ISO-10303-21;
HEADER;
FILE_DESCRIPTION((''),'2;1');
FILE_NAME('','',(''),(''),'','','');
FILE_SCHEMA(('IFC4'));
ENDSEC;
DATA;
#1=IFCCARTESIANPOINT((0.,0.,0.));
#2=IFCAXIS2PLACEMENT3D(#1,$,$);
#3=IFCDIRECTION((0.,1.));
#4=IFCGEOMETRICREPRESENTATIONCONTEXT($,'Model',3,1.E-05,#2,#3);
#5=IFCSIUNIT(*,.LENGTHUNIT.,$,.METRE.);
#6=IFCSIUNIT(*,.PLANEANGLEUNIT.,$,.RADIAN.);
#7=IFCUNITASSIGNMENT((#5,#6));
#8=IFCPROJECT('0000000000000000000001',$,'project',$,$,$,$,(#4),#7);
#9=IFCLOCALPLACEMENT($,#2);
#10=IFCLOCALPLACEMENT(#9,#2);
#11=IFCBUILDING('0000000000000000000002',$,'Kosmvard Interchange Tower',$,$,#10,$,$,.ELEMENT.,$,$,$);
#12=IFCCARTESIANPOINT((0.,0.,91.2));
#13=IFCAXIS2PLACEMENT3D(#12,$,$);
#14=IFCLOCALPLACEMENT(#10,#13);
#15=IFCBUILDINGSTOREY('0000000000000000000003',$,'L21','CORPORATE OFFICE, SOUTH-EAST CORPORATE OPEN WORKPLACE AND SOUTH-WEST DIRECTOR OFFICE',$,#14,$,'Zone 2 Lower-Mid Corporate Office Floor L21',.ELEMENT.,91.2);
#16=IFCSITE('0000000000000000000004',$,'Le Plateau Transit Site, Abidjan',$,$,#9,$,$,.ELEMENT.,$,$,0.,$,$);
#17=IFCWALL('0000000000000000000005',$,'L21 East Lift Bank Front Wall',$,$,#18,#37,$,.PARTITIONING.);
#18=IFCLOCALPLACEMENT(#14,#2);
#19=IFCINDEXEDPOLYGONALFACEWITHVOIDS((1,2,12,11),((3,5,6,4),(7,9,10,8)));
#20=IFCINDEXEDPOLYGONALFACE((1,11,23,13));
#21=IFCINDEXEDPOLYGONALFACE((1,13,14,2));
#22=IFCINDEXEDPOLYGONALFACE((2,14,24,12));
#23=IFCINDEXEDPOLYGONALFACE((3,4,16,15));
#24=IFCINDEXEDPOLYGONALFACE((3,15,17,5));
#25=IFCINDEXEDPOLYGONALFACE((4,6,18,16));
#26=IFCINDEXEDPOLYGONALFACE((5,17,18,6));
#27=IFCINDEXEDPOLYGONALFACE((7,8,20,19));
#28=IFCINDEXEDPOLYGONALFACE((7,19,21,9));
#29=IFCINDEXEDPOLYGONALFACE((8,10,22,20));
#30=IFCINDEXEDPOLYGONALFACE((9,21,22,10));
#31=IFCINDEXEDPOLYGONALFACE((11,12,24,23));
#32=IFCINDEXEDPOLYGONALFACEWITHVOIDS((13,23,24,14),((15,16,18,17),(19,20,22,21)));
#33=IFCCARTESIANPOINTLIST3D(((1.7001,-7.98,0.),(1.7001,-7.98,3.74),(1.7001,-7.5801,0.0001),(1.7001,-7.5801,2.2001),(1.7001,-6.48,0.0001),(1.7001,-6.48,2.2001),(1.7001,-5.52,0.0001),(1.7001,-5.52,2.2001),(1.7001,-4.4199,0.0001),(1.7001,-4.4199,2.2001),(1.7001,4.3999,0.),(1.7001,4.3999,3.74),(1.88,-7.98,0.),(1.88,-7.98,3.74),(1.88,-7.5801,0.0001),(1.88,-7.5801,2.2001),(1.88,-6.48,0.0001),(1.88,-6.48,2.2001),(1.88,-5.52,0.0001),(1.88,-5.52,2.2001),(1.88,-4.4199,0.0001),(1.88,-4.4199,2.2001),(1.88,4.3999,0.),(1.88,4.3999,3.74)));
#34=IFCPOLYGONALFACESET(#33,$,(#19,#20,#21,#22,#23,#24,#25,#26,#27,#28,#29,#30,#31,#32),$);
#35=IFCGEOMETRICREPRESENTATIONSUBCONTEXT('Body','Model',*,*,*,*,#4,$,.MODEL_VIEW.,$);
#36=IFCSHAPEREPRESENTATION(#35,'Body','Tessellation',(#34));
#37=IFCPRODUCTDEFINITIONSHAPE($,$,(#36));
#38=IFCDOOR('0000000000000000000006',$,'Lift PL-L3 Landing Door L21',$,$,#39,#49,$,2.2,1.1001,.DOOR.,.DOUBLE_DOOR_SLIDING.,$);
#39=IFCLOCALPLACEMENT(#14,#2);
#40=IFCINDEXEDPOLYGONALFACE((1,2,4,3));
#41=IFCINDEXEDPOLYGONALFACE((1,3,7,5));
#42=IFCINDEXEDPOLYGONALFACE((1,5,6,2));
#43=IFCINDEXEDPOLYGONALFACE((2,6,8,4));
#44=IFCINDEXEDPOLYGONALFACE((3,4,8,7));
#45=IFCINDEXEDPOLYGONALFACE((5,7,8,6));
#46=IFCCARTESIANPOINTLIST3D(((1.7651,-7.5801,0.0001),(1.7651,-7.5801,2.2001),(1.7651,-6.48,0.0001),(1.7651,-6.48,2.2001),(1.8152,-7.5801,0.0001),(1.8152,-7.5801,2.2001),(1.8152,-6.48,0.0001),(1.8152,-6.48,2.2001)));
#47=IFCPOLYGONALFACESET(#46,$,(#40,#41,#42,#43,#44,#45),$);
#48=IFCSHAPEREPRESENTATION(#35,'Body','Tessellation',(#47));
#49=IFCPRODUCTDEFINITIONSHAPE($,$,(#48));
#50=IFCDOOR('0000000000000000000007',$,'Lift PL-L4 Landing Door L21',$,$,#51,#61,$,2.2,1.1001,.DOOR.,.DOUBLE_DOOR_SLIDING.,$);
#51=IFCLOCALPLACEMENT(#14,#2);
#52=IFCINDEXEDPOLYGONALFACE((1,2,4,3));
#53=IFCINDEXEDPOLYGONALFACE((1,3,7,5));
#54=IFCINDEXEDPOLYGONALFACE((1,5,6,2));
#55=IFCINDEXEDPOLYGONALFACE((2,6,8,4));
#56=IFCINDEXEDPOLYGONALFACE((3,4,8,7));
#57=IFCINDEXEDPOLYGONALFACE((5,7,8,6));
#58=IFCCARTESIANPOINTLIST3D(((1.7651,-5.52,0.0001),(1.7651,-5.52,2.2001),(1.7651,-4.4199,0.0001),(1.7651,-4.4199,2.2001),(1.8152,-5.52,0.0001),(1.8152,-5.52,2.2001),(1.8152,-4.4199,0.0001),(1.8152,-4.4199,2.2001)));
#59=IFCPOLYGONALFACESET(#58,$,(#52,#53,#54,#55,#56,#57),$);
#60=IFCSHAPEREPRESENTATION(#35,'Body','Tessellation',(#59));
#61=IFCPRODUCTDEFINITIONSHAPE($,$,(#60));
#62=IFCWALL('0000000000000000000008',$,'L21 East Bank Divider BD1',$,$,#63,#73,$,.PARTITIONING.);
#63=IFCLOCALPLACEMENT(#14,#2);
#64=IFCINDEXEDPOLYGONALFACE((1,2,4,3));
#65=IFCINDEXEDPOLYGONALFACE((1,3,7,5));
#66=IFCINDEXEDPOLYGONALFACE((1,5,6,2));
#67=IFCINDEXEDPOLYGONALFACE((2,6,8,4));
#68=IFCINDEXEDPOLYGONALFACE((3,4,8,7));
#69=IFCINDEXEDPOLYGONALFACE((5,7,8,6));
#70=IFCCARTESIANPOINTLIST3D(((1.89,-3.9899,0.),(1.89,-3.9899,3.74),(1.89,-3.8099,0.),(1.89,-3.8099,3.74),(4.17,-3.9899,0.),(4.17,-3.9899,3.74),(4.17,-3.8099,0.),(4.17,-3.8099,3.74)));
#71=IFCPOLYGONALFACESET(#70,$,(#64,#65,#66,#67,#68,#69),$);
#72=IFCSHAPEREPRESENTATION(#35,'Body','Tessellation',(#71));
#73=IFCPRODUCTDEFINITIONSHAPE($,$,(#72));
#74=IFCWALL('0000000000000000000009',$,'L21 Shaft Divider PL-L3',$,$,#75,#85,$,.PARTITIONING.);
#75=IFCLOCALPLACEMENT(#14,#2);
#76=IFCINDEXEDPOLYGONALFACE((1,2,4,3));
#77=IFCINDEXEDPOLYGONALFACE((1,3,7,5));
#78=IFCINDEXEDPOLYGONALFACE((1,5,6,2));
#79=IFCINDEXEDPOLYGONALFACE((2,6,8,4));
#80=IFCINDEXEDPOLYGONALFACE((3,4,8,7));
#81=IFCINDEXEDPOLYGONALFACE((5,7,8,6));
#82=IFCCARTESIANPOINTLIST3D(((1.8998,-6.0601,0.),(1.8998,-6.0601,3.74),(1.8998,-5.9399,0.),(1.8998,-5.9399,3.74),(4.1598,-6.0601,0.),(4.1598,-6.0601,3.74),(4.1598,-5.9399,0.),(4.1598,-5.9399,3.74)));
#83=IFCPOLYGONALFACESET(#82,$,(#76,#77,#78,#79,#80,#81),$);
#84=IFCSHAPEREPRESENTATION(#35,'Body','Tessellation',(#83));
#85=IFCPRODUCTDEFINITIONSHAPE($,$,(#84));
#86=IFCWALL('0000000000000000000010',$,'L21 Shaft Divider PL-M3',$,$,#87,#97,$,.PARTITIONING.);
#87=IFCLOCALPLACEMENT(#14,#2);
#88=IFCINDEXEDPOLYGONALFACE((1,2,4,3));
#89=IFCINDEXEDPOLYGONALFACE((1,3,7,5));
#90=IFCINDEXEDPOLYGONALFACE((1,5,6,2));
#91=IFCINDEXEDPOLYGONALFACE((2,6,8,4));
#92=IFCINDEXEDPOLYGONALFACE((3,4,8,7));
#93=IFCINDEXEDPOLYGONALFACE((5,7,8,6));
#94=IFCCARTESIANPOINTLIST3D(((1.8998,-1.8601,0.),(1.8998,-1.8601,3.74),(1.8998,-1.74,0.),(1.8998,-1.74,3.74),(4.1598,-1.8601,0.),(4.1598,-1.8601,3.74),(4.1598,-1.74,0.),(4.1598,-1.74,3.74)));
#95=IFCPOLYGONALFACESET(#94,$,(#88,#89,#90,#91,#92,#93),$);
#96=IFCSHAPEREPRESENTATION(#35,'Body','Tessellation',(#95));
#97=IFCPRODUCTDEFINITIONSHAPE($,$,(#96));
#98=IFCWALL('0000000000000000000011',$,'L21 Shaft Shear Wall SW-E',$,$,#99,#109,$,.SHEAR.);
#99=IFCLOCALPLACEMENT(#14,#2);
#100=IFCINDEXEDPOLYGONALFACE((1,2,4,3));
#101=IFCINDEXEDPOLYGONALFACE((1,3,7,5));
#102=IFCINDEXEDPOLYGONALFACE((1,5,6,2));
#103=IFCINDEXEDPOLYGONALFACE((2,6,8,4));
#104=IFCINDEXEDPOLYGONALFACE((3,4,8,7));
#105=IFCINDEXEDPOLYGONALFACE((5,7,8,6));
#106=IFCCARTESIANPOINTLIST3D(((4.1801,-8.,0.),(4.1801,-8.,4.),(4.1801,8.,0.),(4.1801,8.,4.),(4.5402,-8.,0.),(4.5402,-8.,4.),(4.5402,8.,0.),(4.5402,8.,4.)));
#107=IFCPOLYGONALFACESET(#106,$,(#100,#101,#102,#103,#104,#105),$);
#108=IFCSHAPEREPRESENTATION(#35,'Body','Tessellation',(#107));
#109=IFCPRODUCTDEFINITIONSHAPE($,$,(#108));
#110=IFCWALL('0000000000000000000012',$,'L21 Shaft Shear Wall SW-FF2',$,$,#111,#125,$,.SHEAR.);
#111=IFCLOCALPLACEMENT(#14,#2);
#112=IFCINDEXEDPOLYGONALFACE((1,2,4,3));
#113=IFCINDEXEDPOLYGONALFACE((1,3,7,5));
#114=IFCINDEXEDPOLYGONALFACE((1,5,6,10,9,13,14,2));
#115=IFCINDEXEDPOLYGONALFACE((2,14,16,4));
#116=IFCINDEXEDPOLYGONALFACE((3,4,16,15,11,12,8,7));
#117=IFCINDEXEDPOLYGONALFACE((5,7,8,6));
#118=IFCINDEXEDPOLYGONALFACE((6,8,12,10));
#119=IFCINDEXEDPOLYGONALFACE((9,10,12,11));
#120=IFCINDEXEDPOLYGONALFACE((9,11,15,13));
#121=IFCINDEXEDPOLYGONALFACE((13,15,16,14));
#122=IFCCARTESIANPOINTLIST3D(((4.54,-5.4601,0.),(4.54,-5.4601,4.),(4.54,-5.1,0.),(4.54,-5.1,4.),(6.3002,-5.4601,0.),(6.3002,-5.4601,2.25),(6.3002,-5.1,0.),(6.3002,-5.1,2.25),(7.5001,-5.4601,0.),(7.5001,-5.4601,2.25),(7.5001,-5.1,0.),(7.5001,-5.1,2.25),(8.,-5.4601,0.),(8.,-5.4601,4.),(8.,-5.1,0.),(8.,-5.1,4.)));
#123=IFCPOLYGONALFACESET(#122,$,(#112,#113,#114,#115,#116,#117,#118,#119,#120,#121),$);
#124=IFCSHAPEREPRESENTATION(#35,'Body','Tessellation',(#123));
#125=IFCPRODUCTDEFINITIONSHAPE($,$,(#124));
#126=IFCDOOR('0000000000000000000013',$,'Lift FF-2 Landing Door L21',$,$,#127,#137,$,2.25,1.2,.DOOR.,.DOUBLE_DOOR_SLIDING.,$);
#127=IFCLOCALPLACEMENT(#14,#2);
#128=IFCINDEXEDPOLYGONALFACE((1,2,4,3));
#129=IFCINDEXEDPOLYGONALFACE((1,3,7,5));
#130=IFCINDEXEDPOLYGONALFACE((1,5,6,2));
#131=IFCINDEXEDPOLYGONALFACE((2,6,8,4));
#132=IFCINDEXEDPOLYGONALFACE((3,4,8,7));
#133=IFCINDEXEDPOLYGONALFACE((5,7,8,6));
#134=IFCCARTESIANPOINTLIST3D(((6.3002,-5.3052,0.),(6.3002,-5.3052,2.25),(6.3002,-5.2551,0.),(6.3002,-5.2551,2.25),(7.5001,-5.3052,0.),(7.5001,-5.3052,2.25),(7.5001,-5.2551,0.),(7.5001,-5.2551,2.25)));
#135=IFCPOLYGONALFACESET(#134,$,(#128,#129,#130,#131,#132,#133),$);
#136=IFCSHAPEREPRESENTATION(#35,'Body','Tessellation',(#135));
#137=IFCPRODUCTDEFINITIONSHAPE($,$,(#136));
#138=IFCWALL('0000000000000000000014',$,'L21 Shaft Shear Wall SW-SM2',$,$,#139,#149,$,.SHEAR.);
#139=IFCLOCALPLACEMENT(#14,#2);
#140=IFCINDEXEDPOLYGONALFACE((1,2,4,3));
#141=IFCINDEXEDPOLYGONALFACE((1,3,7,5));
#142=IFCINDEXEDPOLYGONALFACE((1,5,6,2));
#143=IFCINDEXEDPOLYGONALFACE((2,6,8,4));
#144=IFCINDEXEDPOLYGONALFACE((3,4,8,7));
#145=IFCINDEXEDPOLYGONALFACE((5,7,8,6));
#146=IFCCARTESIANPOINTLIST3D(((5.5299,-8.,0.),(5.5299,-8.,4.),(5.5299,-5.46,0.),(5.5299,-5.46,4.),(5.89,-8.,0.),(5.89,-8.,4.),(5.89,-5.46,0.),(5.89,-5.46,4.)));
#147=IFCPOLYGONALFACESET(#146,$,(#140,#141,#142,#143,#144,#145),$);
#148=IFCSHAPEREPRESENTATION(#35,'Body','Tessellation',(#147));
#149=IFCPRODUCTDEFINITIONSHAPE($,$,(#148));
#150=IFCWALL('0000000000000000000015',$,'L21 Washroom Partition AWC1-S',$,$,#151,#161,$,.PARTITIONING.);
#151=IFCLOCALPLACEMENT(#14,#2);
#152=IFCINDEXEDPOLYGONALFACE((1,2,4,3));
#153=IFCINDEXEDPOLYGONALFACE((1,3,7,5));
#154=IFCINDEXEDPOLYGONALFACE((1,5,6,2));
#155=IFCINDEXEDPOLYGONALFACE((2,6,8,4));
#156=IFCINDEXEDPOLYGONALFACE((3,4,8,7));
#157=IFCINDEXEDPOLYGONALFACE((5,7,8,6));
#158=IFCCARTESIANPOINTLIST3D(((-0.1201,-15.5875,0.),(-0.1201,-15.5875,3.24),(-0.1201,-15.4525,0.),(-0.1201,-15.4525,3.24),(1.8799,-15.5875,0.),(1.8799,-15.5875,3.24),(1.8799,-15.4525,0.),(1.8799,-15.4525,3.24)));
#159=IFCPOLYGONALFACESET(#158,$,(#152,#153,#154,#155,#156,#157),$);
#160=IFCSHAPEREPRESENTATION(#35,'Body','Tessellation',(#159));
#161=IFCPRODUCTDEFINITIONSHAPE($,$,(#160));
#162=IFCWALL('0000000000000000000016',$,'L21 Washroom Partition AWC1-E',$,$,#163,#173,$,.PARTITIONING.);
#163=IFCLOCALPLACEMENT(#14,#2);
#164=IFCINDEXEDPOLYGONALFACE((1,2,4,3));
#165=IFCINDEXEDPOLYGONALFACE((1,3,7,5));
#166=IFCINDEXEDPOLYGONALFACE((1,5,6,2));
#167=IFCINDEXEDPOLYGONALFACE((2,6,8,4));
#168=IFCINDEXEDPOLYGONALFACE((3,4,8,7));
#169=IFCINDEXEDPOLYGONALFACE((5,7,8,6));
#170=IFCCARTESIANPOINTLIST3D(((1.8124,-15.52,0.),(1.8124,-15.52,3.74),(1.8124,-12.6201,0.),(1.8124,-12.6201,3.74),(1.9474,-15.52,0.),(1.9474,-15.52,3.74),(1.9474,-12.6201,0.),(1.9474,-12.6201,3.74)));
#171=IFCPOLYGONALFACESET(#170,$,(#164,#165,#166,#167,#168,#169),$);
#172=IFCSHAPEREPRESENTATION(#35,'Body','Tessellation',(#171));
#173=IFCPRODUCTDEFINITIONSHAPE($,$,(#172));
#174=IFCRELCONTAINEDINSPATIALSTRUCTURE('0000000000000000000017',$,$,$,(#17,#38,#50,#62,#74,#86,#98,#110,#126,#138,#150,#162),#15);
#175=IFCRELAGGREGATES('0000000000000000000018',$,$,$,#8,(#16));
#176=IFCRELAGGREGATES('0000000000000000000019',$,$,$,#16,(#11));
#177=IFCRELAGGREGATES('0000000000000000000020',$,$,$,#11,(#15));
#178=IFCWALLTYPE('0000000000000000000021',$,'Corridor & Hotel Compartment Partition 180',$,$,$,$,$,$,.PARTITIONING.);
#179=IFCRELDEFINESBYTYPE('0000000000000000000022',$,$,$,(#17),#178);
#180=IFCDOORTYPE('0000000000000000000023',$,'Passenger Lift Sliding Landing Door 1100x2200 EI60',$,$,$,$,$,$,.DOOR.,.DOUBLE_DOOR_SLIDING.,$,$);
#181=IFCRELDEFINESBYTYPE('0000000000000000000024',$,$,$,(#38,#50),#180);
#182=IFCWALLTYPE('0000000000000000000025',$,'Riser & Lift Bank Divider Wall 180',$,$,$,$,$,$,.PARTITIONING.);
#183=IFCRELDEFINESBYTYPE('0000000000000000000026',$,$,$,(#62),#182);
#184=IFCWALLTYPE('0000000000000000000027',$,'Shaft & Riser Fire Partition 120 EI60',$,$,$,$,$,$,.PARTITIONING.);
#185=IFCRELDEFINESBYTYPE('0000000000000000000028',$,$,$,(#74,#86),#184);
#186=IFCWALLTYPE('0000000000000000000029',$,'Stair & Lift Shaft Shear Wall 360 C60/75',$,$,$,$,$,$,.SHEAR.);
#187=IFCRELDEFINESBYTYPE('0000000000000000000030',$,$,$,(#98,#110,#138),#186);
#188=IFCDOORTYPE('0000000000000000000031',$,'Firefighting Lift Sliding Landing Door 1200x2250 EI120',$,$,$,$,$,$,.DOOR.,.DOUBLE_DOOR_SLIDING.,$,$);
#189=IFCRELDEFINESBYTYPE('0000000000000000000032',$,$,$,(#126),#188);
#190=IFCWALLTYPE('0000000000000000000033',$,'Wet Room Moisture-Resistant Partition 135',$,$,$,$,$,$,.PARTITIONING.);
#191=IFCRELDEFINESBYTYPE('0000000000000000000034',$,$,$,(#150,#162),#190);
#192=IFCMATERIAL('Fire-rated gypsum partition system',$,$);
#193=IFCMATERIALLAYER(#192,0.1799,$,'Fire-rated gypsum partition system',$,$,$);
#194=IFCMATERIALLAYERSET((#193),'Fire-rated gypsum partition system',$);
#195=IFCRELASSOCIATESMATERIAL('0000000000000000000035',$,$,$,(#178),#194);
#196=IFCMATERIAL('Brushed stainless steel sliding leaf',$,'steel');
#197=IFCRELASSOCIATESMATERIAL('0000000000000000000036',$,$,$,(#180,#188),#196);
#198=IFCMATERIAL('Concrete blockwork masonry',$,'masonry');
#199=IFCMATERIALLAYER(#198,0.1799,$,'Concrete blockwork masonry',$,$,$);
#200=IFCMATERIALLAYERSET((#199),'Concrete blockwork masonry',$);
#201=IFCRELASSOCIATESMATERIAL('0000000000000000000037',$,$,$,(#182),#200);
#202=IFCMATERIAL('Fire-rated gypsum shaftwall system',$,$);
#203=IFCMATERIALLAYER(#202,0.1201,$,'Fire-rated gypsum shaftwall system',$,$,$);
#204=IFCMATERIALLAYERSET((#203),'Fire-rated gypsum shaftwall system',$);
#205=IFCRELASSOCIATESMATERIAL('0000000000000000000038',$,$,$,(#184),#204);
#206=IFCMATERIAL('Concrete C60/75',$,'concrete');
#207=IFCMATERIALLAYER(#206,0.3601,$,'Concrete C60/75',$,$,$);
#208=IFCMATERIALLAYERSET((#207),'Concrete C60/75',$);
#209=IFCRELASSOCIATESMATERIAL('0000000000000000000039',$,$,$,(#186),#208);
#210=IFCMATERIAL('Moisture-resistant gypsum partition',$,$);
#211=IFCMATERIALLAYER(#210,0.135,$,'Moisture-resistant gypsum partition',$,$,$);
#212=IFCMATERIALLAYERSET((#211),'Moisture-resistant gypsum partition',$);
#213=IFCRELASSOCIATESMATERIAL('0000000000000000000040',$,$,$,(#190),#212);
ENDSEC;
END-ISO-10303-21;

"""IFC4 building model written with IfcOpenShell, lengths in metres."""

from ifc_helpers import new_model, si_unit, direction, frame, frame_2d, origin, place, context, subcontext, project, spatial, rectangle, extrude, source, transform, mapped, material, layer, layer_set, type_object, element, fill, save


model = new_model("IFC4")

# Units and contexts
model_context = context("Model", 3, precision=1e-05, world=origin(), true_north=direction((0.0, 1.0)))
body_context = subcontext(model_context, "Body", "Model", "MODEL_VIEW")
ifc_project = project(units=[si_unit("LENGTHUNIT", "METRE"), si_unit("PLANEANGLEUNIT", "RADIAN")], contexts=[model_context])

# Site, building, storey
site_placement = place(None, origin())
site = spatial("IfcSite", under=ifc_project, at=site_placement, Name="Le Plateau Transit Site, Abidjan", CompositionType="ELEMENT", RefElevation=0.0)
building_placement = place(site_placement, origin())
building = spatial("IfcBuilding", under=site, at=building_placement, Name="Kosmvard Interchange Tower", CompositionType="ELEMENT")
storey_placement = place(building_placement, frame((0.0, 0.0, 91.2)))
storey = spatial("IfcBuildingStorey", under=building, at=storey_placement, Name="L21", Description="CORPORATE OFFICE, SOUTH-EAST CORPORATE OPEN WORKPLACE AND SOUTH-WEST DIRECTOR OFFICE", LongName="Zone 2 Lower-Mid Corporate Office Floor L21", CompositionType="ELEMENT", Elevation=91.2)

# Shared definitions
ifc_material_1 = material(Name="Concrete C60/75", Category="concrete")

# Wall, openings, doors
ifc_material_2 = material(Name="Fire-rated gypsum partition system")
ifc_layer_1 = layer(ifc_material_2, 0.1799, Name="Fire-rated gypsum partition system")
ifc_layer_set_1 = layer_set([ifc_layer_1], Name="Fire-rated gypsum partition system")
wall_type_1 = type_object("IfcWallType", Name="Corridor & Hotel Compartment Partition 180", PredefinedType="PARTITIONING", material=ifc_layer_set_1)
wall_1_placement = place(storey_placement, frame((1.79, -7.98, 0.0), z_axis=(0.0, 0.0, 1.0), x_axis=(0.0, 1.0, 0.0)))
wall_1 = element("IfcWall", 1, at=wall_1_placement, inside=storey, type_object=wall_type_1, Name="L21 East Lift Bank Front Wall", PredefinedType="PARTITIONING", context=body_context, shape_type="SweptSolid", body=[
    extrude(rectangle(XDim=12.3799, YDim=0.1799, at=frame_2d((6.1899, 0.0))), origin(), (0.0, 0.0, 1.0), 3.74),
])
opening_1_placement = place(wall_1_placement, frame((0.3999, 0.0, 0.0)))
opening_1 = element("IfcOpeningElement", 2, at=opening_1_placement, cuts=wall_1, PredefinedType="OPENING", context=body_context, shape_type="SweptSolid", body=[
    extrude(rectangle(XDim=1.1001, YDim=2.2, at=frame_2d((0.55, 1.1001))), frame((0.0, 0.1001, 0.0), z_axis=(0.0, -1.0, 0.0), x_axis=(1.0, 0.0, 0.0)), (0.0, 0.0, 1.0), 0.2),
])
opening_2_placement = place(wall_1_placement, frame((2.46, 0.0, 0.0)))
opening_2 = element("IfcOpeningElement", 3, at=opening_2_placement, cuts=wall_1, PredefinedType="OPENING", context=body_context, shape_type="SweptSolid", body=[
    extrude(rectangle(XDim=1.1001, YDim=2.2, at=frame_2d((0.55, 1.1001))), frame((0.0, 0.1001, 0.0), z_axis=(0.0, -1.0, 0.0), x_axis=(1.0, 0.0, 0.0)), (0.0, 0.0, 1.0), 0.2),
])
ifc_material_3 = material(Name="Brushed stainless steel sliding leaf", Category="steel")
door_type_1 = type_object("IfcDoorType", Name="Passenger Lift Sliding Landing Door 1100x2200 EI60", OperationType="DOUBLE_DOOR_SLIDING", PredefinedType="DOOR", material=ifc_material_3)
shared_shape_1 = source(origin(), body_context, "Body", "SweptSolid", [
    extrude(rectangle(XDim=1.1001, YDim=2.2, at=frame_2d((0.55, 1.1001))), frame((0.0, 0.0249, 0.0), z_axis=(0.0, -1.0, 0.0), x_axis=(1.0, 0.0, 0.0)), (0.0, 0.0, 1.0), 0.05),
])
door_1_placement = place(opening_1_placement, origin())
door_1 = element("IfcDoor", 4, at=door_1_placement, inside=storey, type_object=door_type_1, Name="Lift PL-L3 Landing Door L21", OperationType="DOUBLE_DOOR_SLIDING", OverallHeight=2.2, OverallWidth=1.1001, PredefinedType="DOOR", context=body_context, shape_type="MappedRepresentation", body=[
    mapped(shared_shape_1, transform((0.0, 0.0, 0.0), scale=1.0)),
])
fill(opening_1, door_1)
door_2_placement = place(opening_2_placement, origin())
door_2 = element("IfcDoor", 5, at=door_2_placement, inside=storey, type_object=door_type_1, Name="Lift PL-L4 Landing Door L21", OperationType="DOUBLE_DOOR_SLIDING", OverallHeight=2.2, OverallWidth=1.1001, PredefinedType="DOOR", context=body_context, shape_type="MappedRepresentation", body=[
    mapped(shared_shape_1, transform((0.0, 0.0, 0.0), scale=1.0)),
])
fill(opening_2, door_2)

# Walls
ifc_material_4 = material(Name="Concrete blockwork masonry", Category="masonry")
ifc_layer_2 = layer(ifc_material_4, 0.1799, Name="Concrete blockwork masonry")
ifc_layer_set_2 = layer_set([ifc_layer_2], Name="Concrete blockwork masonry")
wall_type_2 = type_object("IfcWallType", Name="Riser & Lift Bank Divider Wall 180", PredefinedType="PARTITIONING", material=ifc_layer_set_2)
wall_2_placement = place(storey_placement, frame((1.8899, -3.8999, 0.0), z_axis=(0.0, 0.0, 1.0), x_axis=(1.0, 0.0, 0.0)))
element("IfcWall", 6, at=wall_2_placement, inside=storey, type_object=wall_type_2, Name="L21 East Bank Divider BD1", PredefinedType="PARTITIONING", context=body_context, shape_type="SweptSolid", body=[
    extrude(rectangle(XDim=2.28, YDim=0.1799, at=frame_2d((1.1401, 0.0))), origin(), (0.0, 0.0, 1.0), 3.74),
])
ifc_material_5 = material(Name="Fire-rated gypsum shaftwall system")
ifc_layer_3 = layer(ifc_material_5, 0.1201, Name="Fire-rated gypsum shaftwall system")
ifc_layer_set_3 = layer_set([ifc_layer_3], Name="Fire-rated gypsum shaftwall system")
wall_type_3 = type_object("IfcWallType", Name="Shaft & Riser Fire Partition 120 EI60", PredefinedType="PARTITIONING", material=ifc_layer_set_3)
for number, where, z_axis, x_axis, name in (
    (7, (1.8999, -6.0, 0.0), (0.0, 0.0, 1.0), (1.0, 0.0, 0.0), "L21 Shaft Divider PL-L3"),
    (8, (1.8999, -1.8, 0.0), (0.0, 0.0, 1.0), (1.0, 0.0, 0.0), "L21 Shaft Divider PL-M3"),
):
    element("IfcWall", number, at=place(storey_placement, frame(where, z_axis=z_axis, x_axis=x_axis)), inside=storey, type_object=wall_type_3, Name=name, PredefinedType="PARTITIONING", context=body_context, shape_type="SweptSolid", body=[
        extrude(rectangle(XDim=2.26, YDim=0.1201, at=frame_2d((1.1299, 0.0))), origin(), (0.0, 0.0, 1.0), 3.74),
    ])
ifc_layer_4 = layer(ifc_material_1, 0.3601, Name="Concrete C60/75")
ifc_layer_set_4 = layer_set([ifc_layer_4], Name="Concrete C60/75")
wall_type_4 = type_object("IfcWallType", Name="Stair & Lift Shaft Shear Wall 360 C60/75", PredefinedType="SHEAR", material=ifc_layer_set_4)
wall_3_placement = place(storey_placement, frame((4.3601, -8.0, 0.0), z_axis=(0.0, 0.0, 1.0), x_axis=(0.0, 1.0, 0.0)))
element("IfcWall", 9, at=wall_3_placement, inside=storey, type_object=wall_type_4, Name="L21 Shaft Shear Wall SW-E", PredefinedType="SHEAR", context=body_context, shape_type="SweptSolid", body=[
    extrude(rectangle(XDim=16.0, YDim=0.3601, at=frame_2d((8.0, 0.0))), origin(), (0.0, 0.0, 1.0), 4.0),
])

# Wall, opening, door
wall_4_placement = place(storey_placement, frame((4.54, -5.28, 0.0), z_axis=(0.0, 0.0, 1.0), x_axis=(1.0, 0.0, 0.0)))
wall_4 = element("IfcWall", 10, at=wall_4_placement, inside=storey, type_object=wall_type_4, Name="L21 Shaft Shear Wall SW-FF2", PredefinedType="SHEAR", context=body_context, shape_type="SweptSolid", body=[
    extrude(rectangle(XDim=3.46, YDim=0.3601, at=frame_2d((1.73, 0.0))), origin(), (0.0, 0.0, 1.0), 4.0),
])
opening_3_placement = place(wall_4_placement, frame((1.76, 0.0, 0.0)))
opening_3 = element("IfcOpeningElement", 11, at=opening_3_placement, cuts=wall_4, PredefinedType="OPENING", context=body_context, shape_type="SweptSolid", body=[
    extrude(rectangle(XDim=1.2, YDim=2.25, at=frame_2d((0.6001, 1.125))), frame((0.0, 0.1899, 0.0), z_axis=(0.0, -1.0, 0.0), x_axis=(1.0, 0.0, 0.0)), (0.0, 0.0, 1.0), 0.3801),
])
door_type_2 = type_object("IfcDoorType", Name="Firefighting Lift Sliding Landing Door 1200x2250 EI120", OperationType="DOUBLE_DOOR_SLIDING", PredefinedType="DOOR", material=ifc_material_3)
shared_shape_2 = source(origin(), body_context, "Body", "SweptSolid", [
    extrude(rectangle(XDim=1.2, YDim=2.25, at=frame_2d((0.6001, 1.125))), frame((0.0, 0.0249, 0.0), z_axis=(0.0, -1.0, 0.0), x_axis=(1.0, 0.0, 0.0)), (0.0, 0.0, 1.0), 0.05),
])
door_3_placement = place(opening_3_placement, origin())
door_3 = element("IfcDoor", 12, at=door_3_placement, inside=storey, type_object=door_type_2, Name="Lift FF-2 Landing Door L21", OperationType="DOUBLE_DOOR_SLIDING", OverallHeight=2.25, OverallWidth=1.2, PredefinedType="DOOR", context=body_context, shape_type="MappedRepresentation", body=[
    mapped(shared_shape_2, transform((0.0, 0.0, 0.0), scale=1.0)),
])
fill(opening_3, door_3)

# Walls
wall_5_placement = place(storey_placement, frame((5.71, -8.0, 0.0), z_axis=(0.0, 0.0, 1.0), x_axis=(0.0, 1.0, 0.0)))
element("IfcWall", 13, at=wall_5_placement, inside=storey, type_object=wall_type_4, Name="L21 Shaft Shear Wall SW-SM2", PredefinedType="SHEAR", context=body_context, shape_type="SweptSolid", body=[
    extrude(rectangle(XDim=2.54, YDim=0.3601, at=frame_2d((1.27, 0.0))), origin(), (0.0, 0.0, 1.0), 4.0),
])
ifc_material_6 = material(Name="Moisture-resistant gypsum partition")
ifc_layer_5 = layer(ifc_material_6, 0.135, Name="Moisture-resistant gypsum partition")
ifc_layer_set_5 = layer_set([ifc_layer_5], Name="Moisture-resistant gypsum partition")
wall_type_5 = type_object("IfcWallType", Name="Wet Room Moisture-Resistant Partition 135", PredefinedType="PARTITIONING", material=ifc_layer_set_5)
wall_6_placement = place(storey_placement, frame((-0.1201, -15.52, 0.0), z_axis=(0.0, 0.0, 1.0), x_axis=(1.0, 0.0, 0.0)))
element("IfcWall", 14, at=wall_6_placement, inside=storey, type_object=wall_type_5, Name="L21 Washroom Partition AWC1-S", PredefinedType="PARTITIONING", context=body_context, shape_type="SweptSolid", body=[
    extrude(rectangle(XDim=2.0, YDim=0.135, at=frame_2d((1.0, 0.0))), origin(), (0.0, 0.0, 1.0), 3.24),
])
for number, where, z_axis, x_axis, name in (
    (15, (1.8799, -15.52, 0.0), (0.0, 0.0, 1.0), (0.0, 1.0, 0.0), "L21 Washroom Partition AWC1-E"),
):
    element("IfcWall", number, at=place(storey_placement, frame(where, z_axis=z_axis, x_axis=x_axis)), inside=storey, type_object=wall_type_5, Name=name, PredefinedType="PARTITIONING", context=body_context, shape_type="SweptSolid", body=[
        extrude(rectangle(XDim=2.8999, YDim=0.135, at=frame_2d((1.45, 0.0))), origin(), (0.0, 0.0, 1.0), 3.74),
    ])

save(model, "model.ifc")
